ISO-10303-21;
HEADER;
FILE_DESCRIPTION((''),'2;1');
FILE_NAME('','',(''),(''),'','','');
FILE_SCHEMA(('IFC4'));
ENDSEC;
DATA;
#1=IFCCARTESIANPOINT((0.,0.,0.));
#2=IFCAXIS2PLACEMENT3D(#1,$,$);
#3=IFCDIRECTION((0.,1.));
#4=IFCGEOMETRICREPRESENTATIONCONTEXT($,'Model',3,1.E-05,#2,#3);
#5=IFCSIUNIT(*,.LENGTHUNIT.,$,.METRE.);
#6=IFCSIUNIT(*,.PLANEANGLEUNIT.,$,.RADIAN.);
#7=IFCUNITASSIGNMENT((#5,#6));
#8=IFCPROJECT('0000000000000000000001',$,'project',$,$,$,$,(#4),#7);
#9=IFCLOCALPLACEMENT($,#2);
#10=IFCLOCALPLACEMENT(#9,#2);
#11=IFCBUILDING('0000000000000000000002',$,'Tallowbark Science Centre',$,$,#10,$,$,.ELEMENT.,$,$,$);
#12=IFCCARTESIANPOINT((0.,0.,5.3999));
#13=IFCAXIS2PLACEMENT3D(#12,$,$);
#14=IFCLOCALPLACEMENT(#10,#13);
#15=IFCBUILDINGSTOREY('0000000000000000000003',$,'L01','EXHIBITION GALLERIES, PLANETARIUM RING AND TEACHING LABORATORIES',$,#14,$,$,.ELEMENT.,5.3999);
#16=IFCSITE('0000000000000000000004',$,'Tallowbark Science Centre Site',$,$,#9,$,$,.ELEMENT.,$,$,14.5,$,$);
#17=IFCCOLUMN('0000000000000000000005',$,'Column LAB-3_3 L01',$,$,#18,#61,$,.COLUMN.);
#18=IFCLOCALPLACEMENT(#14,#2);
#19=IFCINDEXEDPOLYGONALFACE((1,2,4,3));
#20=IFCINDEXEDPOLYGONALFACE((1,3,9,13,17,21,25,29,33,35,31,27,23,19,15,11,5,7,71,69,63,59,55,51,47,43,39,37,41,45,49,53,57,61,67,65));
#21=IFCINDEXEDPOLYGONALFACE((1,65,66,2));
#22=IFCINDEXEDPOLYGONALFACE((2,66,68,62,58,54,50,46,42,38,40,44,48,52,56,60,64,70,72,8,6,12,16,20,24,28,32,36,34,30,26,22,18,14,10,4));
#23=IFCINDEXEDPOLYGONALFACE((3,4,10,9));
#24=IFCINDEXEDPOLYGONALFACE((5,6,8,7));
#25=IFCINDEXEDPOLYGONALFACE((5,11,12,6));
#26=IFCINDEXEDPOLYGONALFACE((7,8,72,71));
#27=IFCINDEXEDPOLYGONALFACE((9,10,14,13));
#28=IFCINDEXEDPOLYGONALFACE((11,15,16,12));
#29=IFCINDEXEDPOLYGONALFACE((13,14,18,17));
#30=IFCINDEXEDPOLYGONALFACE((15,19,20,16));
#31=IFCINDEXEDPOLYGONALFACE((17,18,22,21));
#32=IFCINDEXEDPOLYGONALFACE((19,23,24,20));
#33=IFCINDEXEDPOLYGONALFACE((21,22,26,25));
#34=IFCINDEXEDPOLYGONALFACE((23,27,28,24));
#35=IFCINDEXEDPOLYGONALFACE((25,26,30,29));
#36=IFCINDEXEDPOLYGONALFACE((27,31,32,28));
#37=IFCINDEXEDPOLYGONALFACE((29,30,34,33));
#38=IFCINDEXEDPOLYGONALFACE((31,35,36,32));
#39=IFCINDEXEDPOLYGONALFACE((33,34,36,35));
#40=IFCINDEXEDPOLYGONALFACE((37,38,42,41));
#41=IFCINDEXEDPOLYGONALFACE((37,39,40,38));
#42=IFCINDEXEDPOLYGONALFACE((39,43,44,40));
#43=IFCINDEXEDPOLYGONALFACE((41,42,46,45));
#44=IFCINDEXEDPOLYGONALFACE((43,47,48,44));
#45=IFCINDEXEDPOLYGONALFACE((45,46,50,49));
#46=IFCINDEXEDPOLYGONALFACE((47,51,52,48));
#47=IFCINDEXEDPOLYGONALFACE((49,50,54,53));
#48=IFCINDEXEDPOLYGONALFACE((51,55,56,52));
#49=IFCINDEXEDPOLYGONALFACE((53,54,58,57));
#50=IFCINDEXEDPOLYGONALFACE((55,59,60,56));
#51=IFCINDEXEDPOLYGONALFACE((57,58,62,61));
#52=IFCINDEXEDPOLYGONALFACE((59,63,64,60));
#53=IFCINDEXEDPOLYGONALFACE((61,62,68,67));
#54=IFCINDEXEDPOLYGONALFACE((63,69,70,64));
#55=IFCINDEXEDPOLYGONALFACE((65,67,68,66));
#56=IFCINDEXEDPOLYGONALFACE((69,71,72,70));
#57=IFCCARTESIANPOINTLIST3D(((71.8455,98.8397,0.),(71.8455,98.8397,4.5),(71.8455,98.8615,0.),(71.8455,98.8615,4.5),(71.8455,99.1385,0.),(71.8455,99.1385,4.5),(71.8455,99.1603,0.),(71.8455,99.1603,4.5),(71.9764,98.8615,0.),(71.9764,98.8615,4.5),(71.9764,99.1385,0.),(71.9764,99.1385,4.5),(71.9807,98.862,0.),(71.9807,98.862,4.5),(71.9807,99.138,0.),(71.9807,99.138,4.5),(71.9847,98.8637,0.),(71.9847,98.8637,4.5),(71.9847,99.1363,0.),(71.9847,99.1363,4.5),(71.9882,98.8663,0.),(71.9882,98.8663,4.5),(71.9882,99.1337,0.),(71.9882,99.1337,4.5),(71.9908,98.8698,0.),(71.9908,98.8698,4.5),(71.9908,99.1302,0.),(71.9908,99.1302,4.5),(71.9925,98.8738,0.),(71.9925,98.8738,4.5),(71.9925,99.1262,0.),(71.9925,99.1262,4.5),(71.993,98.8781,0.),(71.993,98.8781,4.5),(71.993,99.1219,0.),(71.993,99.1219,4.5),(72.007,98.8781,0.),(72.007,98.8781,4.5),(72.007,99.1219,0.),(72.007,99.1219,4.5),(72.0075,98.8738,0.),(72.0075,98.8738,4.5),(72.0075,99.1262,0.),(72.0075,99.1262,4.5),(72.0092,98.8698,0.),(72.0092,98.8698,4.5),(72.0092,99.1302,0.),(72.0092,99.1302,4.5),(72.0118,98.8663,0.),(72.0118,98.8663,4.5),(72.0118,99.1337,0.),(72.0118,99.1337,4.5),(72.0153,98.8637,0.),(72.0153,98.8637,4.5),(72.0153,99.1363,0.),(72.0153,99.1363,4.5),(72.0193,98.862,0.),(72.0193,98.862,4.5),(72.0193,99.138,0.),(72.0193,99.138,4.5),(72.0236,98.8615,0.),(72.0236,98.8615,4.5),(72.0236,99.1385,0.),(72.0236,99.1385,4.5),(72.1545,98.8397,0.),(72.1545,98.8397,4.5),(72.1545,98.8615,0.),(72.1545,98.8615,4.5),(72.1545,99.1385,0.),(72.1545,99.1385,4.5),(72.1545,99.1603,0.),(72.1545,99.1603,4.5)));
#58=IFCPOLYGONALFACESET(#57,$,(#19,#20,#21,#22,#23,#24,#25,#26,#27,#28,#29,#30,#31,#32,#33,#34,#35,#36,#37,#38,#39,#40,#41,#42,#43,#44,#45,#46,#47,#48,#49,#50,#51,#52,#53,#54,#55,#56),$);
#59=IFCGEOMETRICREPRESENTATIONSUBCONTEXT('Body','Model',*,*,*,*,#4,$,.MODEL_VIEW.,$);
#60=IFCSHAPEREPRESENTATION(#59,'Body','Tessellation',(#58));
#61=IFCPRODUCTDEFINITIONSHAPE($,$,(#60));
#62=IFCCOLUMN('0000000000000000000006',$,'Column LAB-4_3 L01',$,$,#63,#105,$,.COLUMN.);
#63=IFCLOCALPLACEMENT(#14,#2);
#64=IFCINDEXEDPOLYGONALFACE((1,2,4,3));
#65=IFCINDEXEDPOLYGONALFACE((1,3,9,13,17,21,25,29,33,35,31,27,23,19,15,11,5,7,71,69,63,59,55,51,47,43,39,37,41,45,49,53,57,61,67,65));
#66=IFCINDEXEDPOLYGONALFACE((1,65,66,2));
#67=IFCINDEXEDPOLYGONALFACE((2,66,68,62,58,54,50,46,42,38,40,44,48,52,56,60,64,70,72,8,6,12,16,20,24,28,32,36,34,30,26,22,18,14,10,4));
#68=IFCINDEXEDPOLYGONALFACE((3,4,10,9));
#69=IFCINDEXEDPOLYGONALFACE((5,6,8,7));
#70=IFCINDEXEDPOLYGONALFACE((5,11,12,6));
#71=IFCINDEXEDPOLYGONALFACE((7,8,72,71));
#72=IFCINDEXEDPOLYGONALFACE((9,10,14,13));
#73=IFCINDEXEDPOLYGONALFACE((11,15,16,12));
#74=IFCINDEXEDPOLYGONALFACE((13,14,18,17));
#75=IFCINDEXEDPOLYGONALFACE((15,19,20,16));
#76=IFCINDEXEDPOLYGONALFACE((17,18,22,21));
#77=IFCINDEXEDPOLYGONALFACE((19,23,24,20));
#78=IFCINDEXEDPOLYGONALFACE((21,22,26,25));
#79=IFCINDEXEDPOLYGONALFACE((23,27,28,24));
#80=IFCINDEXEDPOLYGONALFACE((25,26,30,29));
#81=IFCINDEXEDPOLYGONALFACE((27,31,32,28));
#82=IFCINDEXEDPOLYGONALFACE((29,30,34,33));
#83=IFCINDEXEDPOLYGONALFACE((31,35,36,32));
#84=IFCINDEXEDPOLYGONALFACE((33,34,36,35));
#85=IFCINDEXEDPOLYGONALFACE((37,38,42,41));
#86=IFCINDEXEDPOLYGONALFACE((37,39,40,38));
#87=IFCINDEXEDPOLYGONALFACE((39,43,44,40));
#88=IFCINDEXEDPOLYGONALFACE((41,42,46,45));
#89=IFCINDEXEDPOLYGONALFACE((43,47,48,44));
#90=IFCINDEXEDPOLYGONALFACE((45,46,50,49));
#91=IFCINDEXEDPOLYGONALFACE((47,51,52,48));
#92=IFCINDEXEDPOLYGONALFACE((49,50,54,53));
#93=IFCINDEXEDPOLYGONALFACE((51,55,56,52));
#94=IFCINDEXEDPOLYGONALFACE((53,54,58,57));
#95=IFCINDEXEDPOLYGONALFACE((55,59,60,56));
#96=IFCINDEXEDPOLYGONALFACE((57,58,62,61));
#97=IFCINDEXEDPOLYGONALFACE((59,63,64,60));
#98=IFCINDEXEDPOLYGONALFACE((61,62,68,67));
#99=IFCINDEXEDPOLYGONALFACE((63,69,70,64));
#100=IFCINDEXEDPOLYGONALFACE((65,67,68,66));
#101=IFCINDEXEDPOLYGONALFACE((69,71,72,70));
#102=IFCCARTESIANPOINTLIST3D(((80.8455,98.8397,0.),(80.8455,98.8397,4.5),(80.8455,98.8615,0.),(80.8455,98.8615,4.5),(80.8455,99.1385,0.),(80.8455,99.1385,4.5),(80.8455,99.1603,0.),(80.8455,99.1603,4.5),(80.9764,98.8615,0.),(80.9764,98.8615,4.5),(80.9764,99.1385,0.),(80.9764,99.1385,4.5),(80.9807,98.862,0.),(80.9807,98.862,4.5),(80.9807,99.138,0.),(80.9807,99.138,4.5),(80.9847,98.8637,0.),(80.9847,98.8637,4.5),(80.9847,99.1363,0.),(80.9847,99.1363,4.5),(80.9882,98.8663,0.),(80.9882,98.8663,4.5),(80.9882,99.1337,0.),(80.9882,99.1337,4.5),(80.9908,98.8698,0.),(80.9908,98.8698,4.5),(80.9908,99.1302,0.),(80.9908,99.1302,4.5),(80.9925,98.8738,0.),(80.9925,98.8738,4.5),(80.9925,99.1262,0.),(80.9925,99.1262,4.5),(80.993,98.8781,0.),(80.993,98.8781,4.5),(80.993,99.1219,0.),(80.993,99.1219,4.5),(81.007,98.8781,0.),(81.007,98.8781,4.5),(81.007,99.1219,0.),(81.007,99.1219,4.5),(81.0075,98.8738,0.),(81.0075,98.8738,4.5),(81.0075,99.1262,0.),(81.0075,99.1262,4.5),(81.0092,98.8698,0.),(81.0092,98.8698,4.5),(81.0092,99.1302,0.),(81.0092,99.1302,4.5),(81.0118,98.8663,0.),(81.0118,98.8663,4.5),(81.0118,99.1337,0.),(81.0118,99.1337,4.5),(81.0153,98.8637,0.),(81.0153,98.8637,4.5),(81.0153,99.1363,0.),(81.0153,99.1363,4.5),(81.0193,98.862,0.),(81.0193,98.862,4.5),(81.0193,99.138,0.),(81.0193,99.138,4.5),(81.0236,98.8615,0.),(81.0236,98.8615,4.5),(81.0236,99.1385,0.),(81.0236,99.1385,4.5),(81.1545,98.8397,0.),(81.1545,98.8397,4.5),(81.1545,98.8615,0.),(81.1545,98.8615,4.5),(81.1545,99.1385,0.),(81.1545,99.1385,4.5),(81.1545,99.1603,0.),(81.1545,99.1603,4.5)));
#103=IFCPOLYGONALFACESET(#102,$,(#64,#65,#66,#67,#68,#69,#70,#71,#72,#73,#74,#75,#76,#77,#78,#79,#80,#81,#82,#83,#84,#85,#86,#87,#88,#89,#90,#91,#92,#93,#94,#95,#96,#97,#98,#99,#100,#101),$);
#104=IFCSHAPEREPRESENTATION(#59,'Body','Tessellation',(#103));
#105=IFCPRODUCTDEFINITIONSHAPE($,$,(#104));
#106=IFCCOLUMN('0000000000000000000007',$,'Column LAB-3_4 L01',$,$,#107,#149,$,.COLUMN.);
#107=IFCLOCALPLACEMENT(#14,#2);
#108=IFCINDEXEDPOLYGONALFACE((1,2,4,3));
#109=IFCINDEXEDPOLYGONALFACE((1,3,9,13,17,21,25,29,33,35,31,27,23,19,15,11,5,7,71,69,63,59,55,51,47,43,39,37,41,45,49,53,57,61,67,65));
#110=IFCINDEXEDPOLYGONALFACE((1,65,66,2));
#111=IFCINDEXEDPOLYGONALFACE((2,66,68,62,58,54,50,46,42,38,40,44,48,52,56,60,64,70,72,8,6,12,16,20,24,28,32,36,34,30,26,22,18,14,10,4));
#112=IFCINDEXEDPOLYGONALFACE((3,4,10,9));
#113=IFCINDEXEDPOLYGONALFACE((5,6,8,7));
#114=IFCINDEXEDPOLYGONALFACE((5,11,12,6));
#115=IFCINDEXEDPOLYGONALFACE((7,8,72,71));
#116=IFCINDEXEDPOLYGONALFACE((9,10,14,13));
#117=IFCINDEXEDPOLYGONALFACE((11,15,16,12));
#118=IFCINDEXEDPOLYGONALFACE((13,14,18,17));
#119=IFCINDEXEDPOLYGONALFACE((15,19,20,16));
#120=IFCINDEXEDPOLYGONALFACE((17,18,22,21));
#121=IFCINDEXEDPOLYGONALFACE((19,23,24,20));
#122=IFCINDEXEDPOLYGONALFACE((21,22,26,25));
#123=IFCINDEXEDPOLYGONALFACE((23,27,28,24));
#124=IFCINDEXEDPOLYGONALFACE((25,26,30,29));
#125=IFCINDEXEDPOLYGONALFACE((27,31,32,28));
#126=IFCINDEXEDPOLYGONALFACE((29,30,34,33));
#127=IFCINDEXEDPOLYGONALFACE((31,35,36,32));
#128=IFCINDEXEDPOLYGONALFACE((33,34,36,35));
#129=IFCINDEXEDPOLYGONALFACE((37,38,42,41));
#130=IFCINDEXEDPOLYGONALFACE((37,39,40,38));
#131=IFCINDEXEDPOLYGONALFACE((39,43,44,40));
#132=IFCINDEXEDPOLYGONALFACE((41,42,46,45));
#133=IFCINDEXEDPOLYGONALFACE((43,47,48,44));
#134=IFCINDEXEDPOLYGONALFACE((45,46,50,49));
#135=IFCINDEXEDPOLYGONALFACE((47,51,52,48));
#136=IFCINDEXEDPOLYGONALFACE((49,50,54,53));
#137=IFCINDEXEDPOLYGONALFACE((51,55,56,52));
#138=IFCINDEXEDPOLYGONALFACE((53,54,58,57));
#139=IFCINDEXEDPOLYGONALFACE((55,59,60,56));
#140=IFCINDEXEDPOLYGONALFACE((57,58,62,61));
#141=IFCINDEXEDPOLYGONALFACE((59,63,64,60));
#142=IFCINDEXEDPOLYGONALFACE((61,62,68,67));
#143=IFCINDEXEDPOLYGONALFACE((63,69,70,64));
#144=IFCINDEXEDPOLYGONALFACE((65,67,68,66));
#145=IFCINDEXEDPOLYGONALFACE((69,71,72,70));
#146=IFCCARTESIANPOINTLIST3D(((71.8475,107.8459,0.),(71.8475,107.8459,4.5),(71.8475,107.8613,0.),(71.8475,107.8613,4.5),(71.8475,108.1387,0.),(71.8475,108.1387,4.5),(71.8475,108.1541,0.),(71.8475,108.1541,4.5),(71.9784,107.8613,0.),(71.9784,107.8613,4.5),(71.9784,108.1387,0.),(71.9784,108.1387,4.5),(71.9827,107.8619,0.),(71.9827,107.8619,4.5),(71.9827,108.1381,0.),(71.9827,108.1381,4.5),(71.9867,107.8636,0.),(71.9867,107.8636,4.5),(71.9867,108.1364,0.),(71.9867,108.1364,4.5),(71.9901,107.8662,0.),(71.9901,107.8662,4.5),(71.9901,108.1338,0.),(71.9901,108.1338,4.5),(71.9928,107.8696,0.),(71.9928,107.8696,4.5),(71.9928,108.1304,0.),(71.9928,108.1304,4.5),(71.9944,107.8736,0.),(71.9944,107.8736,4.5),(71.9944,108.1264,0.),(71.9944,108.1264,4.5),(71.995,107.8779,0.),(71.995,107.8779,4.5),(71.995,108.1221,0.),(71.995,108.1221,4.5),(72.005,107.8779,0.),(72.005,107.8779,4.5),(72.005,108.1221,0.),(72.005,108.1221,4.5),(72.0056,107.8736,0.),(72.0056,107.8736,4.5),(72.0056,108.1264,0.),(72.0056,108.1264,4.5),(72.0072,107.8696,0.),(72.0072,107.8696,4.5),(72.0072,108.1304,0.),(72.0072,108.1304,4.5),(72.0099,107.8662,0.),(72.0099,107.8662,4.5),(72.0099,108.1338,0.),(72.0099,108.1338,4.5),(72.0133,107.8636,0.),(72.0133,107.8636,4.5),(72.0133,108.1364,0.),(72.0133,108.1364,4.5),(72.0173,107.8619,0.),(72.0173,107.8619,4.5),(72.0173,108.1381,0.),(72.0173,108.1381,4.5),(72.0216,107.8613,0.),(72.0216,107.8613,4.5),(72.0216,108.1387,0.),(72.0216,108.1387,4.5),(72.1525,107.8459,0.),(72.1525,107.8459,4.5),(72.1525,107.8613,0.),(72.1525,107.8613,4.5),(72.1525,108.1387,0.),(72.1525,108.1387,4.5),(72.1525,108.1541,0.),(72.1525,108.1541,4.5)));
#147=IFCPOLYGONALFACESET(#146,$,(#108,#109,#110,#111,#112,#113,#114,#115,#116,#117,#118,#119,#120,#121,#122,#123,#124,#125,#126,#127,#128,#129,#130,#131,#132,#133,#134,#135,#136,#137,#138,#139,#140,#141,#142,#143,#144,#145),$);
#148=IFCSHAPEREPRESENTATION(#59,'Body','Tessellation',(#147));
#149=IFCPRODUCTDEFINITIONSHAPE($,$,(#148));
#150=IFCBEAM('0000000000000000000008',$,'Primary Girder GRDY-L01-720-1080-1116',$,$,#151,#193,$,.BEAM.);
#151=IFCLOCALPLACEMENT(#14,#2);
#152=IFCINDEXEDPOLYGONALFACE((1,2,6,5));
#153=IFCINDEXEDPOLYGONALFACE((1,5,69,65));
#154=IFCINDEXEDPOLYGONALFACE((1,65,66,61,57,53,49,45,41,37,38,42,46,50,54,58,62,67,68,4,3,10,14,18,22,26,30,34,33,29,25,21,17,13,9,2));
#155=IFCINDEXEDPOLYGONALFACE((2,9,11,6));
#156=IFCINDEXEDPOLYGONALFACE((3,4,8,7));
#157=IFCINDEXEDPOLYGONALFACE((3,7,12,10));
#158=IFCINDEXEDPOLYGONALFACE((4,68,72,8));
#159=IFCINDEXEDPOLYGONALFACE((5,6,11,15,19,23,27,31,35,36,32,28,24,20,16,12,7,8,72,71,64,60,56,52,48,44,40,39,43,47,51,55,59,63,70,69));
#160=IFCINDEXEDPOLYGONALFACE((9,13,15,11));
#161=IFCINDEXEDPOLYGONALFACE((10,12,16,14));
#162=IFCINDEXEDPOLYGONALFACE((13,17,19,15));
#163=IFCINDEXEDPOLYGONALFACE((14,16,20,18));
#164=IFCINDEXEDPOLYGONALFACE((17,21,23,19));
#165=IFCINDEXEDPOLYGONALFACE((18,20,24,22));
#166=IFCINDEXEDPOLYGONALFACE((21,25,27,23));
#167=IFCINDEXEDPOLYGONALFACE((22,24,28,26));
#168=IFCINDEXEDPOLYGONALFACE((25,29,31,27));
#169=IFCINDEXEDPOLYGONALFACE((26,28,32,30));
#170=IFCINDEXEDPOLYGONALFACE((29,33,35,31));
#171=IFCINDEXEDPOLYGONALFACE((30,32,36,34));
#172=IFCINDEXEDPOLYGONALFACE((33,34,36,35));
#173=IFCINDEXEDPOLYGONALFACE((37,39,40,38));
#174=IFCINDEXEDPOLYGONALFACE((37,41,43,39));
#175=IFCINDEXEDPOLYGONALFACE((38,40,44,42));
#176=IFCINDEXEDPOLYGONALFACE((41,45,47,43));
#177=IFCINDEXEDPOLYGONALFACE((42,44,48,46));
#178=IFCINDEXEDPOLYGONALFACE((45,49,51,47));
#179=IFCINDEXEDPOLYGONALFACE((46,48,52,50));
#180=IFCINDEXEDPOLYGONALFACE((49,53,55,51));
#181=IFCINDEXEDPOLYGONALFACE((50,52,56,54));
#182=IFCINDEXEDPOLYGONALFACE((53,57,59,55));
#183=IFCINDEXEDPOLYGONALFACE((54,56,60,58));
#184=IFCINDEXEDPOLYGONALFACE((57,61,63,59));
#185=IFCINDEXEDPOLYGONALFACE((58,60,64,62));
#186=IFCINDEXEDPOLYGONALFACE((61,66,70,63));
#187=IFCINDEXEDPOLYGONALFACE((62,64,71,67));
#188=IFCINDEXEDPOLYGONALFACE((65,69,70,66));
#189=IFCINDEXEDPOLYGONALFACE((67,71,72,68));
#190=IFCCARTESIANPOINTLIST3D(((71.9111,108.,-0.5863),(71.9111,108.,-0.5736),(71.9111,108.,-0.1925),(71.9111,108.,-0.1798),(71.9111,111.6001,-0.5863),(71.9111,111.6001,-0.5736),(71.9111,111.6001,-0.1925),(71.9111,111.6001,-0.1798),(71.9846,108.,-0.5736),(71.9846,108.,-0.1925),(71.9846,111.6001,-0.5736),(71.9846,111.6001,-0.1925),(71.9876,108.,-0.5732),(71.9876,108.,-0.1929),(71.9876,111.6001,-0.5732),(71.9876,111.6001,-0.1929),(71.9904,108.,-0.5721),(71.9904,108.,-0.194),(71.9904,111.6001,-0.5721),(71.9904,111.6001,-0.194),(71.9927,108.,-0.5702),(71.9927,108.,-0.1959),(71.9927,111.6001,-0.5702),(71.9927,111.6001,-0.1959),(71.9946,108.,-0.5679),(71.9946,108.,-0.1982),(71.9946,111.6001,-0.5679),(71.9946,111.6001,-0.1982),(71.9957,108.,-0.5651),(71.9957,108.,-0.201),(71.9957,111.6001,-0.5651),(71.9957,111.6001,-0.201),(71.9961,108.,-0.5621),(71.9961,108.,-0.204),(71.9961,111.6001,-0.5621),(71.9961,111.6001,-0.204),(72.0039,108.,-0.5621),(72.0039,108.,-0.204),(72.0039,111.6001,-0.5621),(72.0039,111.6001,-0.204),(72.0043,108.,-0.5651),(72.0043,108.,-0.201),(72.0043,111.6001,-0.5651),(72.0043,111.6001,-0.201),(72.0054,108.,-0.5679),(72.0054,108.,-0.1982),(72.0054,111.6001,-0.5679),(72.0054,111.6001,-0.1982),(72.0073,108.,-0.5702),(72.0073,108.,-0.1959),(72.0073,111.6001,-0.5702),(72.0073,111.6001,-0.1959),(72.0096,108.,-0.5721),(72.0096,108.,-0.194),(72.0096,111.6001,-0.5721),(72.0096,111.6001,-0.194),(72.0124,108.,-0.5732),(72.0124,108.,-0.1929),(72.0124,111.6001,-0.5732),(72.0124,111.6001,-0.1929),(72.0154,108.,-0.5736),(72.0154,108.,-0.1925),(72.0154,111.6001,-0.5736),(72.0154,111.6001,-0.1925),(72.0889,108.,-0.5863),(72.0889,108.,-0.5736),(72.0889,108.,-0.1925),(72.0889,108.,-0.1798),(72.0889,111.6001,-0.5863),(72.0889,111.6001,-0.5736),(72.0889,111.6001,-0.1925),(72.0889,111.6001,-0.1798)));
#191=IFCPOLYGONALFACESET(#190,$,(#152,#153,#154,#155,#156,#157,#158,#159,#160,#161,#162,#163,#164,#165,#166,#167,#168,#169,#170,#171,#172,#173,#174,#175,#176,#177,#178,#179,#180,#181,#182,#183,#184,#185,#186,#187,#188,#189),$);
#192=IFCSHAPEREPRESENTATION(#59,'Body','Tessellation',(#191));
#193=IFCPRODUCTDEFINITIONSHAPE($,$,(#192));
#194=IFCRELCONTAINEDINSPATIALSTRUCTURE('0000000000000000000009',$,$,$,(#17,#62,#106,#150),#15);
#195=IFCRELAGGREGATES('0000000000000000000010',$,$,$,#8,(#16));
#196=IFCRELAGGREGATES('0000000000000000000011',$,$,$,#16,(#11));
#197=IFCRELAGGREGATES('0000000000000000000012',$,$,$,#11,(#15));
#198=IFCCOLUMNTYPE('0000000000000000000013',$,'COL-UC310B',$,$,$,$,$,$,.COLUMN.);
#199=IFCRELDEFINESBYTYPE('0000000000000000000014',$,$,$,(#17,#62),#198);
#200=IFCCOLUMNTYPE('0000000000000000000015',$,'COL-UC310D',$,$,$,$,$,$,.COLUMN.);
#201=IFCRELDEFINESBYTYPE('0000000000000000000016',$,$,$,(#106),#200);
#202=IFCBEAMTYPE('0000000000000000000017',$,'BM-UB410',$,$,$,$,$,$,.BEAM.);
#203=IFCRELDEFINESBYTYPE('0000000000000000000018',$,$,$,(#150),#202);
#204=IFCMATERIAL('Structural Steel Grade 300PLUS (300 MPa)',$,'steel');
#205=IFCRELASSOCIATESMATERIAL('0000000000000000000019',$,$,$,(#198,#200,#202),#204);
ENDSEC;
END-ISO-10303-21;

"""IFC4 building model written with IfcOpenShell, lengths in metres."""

from ifc_helpers import new_model, si_unit, direction, frame, origin, origin_2d, place, context, subcontext, project, spatial, i_section, extrude, material, material_profile, profile_set, type_object, element, save


model = new_model("IFC4")

# Units and contexts
model_context = context("Model", 3, precision=1e-05, world=origin(), true_north=direction((0.0, 1.0)))
body_context = subcontext(model_context, "Body", "Model", "MODEL_VIEW")
ifc_project = project(units=[si_unit("LENGTHUNIT", "METRE"), si_unit("PLANEANGLEUNIT", "RADIAN")], contexts=[model_context])

# Site, building, storey
site_placement = place(None, origin())
site = spatial("IfcSite", under=ifc_project, at=site_placement, Name="Tallowbark Science Centre Site", CompositionType="ELEMENT", RefElevation=14.5)
building_placement = place(site_placement, origin())
building = spatial("IfcBuilding", under=site, at=building_placement, Name="Tallowbark Science Centre", CompositionType="ELEMENT")
storey_placement = place(building_placement, frame((0.0, 0.0, 5.3999)))
storey = spatial("IfcBuildingStorey", under=building, at=storey_placement, Name="L01", Description="EXHIBITION GALLERIES, PLANETARIUM RING AND TEACHING LABORATORIES", CompositionType="ELEMENT", Elevation=5.3999)

# Columns
ifc_material_1 = material(Name="Structural Steel Grade 300PLUS (300 MPa)", Category="steel")
ifc_material_profile_1 = material_profile(ifc_material_1, i_section(OverallWidth=0.3091, OverallDepth=0.3206, WebThickness=0.0139, FlangeThickness=0.0217, FilletRadius=0.0166, at=origin_2d()), Name="310UC137")
ifc_profile_set_1 = profile_set([ifc_material_profile_1], Name="Structural Steel Grade 300PLUS (300 MPa)")
column_type_1 = type_object("IfcColumnType", Name="COL-UC310B", PredefinedType="COLUMN", material=ifc_profile_set_1)
for number, where, z_axis, x_axis, name in (
    (1, (72.0, 99.0, 0.0), (0.0, 0.0, 1.0), (1.0, 0.0, 0.0), "Column LAB-3_3 L01"),
    (2, (81.0, 99.0, 0.0), (0.0, 0.0, 1.0), (1.0, 0.0, 0.0), "Column LAB-4_3 L01"),
):
    element("IfcColumn", number, at=place(storey_placement, frame(where, z_axis=z_axis, x_axis=x_axis)), inside=storey, type_object=column_type_1, Name=name, PredefinedType="COLUMN", context=body_context, shape_type="SweptSolid", body=[
        extrude(i_section(OverallWidth=0.3091, OverallDepth=0.3206, WebThickness=0.0139, FlangeThickness=0.0217, FilletRadius=0.0166, at=origin_2d()), origin(), (0.0, 0.0, 1.0), 4.5),
    ])
ifc_material_profile_2 = material_profile(ifc_material_1, i_section(OverallWidth=0.3049, OverallDepth=0.3081, WebThickness=0.01, FlangeThickness=0.0154, FilletRadius=0.0166, at=origin_2d()), Name="310UC96.8")
ifc_profile_set_2 = profile_set([ifc_material_profile_2], Name="Structural Steel Grade 300PLUS (300 MPa)")
column_type_2 = type_object("IfcColumnType", Name="COL-UC310D", PredefinedType="COLUMN", material=ifc_profile_set_2)
column_placement = place(storey_placement, frame((72.0, 108.0, 0.0), z_axis=(0.0, 0.0, 1.0), x_axis=(1.0, 0.0, 0.0)))
element("IfcColumn", 3, at=column_placement, inside=storey, type_object=column_type_2, Name="Column LAB-3_4 L01", PredefinedType="COLUMN", context=body_context, shape_type="SweptSolid", body=[
    extrude(i_section(OverallWidth=0.3049, OverallDepth=0.3081, WebThickness=0.01, FlangeThickness=0.0154, FilletRadius=0.0166, at=origin_2d()), origin(), (0.0, 0.0, 1.0), 4.5),
])

# Beam
ifc_material_profile_3 = material_profile(ifc_material_1, i_section(OverallWidth=0.1777, OverallDepth=0.4065, WebThickness=0.0078, FlangeThickness=0.0127, FilletRadius=0.0115, at=origin_2d()), Name="410UB59.7")
ifc_profile_set_3 = profile_set([ifc_material_profile_3], Name="Structural Steel Grade 300PLUS (300 MPa)")
beam_type_1 = type_object("IfcBeamType", Name="BM-UB410", PredefinedType="BEAM", material=ifc_profile_set_3)
beam_1_placement = place(storey_placement, frame((72.0, 108.0, -0.3831), z_axis=(0.0, 1.0, 0.0), x_axis=(-1.0, 0.0, 0.0)))
element("IfcBeam", 4, at=beam_1_placement, inside=storey, type_object=beam_type_1, Name="Primary Girder GRDY-L01-720-1080-1116", PredefinedType="BEAM", context=body_context, shape_type="SweptSolid", body=[
    extrude(i_section(OverallWidth=0.1777, OverallDepth=0.4065, WebThickness=0.0078, FlangeThickness=0.0127, FilletRadius=0.0115, at=origin_2d()), origin(), (0.0, 0.0, 1.0), 3.6001),
])

save(model, "model.ifc")
